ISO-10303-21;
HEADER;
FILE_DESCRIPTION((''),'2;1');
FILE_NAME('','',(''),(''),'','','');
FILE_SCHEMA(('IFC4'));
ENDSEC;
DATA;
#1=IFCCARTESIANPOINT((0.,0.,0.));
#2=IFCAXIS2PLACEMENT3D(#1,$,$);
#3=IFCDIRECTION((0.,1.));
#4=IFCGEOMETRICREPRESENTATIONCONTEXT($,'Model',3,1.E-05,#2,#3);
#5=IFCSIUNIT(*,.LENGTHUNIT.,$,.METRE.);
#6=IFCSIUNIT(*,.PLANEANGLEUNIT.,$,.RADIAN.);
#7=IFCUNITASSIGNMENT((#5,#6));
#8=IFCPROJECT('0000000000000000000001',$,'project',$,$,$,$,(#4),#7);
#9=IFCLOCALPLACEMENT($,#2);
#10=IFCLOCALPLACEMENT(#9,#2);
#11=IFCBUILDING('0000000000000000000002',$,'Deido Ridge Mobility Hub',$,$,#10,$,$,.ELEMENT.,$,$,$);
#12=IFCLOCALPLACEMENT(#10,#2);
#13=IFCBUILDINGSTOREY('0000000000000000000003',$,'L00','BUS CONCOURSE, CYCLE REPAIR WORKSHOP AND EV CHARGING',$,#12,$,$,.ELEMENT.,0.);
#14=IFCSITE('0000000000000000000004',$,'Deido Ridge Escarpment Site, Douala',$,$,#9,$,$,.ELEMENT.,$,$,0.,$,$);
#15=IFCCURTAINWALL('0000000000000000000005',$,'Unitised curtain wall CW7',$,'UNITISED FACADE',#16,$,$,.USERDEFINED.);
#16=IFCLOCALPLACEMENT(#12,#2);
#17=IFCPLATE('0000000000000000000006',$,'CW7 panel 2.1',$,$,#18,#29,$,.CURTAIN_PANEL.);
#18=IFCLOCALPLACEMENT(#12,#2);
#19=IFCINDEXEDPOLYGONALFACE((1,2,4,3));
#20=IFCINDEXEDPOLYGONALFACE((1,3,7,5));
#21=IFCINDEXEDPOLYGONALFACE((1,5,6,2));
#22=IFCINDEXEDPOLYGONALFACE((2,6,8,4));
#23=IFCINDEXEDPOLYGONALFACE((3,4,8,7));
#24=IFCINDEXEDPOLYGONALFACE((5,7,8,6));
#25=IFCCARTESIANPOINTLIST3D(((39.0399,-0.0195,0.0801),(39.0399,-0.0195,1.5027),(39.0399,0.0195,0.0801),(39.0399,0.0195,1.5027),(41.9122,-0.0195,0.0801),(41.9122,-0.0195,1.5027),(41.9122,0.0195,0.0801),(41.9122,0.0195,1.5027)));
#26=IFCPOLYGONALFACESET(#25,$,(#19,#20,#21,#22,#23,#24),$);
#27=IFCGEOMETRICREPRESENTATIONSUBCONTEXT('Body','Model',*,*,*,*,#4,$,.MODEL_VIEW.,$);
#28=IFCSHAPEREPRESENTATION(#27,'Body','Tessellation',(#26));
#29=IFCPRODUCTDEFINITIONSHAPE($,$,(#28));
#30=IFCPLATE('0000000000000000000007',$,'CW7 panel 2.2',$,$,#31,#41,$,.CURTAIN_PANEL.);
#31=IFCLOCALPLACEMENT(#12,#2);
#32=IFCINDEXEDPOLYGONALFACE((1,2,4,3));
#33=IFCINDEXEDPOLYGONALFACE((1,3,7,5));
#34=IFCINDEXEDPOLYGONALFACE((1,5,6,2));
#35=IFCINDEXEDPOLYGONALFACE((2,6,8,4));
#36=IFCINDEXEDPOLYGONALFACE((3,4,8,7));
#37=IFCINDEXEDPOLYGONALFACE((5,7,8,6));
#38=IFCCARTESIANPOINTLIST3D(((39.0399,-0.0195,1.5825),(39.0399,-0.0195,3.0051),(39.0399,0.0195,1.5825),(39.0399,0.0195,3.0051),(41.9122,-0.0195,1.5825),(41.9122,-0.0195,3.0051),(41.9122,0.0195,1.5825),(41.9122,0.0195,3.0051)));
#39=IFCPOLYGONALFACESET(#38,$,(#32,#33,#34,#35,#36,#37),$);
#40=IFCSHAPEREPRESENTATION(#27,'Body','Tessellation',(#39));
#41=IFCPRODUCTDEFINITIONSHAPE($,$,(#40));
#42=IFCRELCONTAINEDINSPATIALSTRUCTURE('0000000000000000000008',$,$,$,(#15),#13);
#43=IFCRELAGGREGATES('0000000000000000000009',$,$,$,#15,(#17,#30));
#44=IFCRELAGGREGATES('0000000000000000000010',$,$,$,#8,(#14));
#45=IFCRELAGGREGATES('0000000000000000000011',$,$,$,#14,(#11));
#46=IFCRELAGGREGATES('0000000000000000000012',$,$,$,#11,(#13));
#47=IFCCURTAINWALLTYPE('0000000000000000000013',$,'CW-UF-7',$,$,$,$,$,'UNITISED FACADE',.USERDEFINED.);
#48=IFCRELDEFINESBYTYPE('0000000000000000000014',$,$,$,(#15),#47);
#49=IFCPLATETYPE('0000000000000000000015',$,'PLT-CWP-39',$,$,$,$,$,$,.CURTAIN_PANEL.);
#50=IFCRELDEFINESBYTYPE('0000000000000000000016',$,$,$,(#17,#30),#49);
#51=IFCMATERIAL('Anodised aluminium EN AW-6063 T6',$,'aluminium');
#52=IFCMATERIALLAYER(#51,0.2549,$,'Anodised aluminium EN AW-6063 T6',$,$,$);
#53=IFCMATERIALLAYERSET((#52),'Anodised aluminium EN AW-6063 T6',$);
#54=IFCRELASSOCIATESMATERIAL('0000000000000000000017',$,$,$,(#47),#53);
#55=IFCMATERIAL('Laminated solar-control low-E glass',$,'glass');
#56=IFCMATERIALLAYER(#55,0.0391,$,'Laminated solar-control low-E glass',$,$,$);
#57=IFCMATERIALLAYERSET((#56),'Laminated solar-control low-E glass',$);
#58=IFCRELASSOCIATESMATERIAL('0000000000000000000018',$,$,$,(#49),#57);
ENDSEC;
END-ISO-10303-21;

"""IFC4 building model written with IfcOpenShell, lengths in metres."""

from ifc_helpers import new_model, si_unit, direction, frame, origin, origin_2d, place, context, subcontext, project, spatial, rectangle, extrude, material, layer, layer_set, type_object, element, aggregate, save


model = new_model("IFC4")

# Units and contexts
model_context = context("Model", 3, precision=1e-05, world=origin(), true_north=direction((0.0, 1.0)))
body_context = subcontext(model_context, "Body", "Model", "MODEL_VIEW")
ifc_project = project(units=[si_unit("LENGTHUNIT", "METRE"), si_unit("PLANEANGLEUNIT", "RADIAN")], contexts=[model_context])

# Site, building, storey
site_placement = place(None, origin())
site = spatial("IfcSite", under=ifc_project, at=site_placement, Name="Deido Ridge Escarpment Site, Douala", CompositionType="ELEMENT", RefElevation=0.0)
building_placement = place(site_placement, origin())
building = spatial("IfcBuilding", under=site, at=building_placement, Name="Deido Ridge Mobility Hub", CompositionType="ELEMENT")
storey_placement = place(building_placement, origin())
storey = spatial("IfcBuildingStorey", under=building, at=storey_placement, Name="L00", Description="BUS CONCOURSE, CYCLE REPAIR WORKSHOP AND EV CHARGING", CompositionType="ELEMENT", Elevation=0.0)

# Curtain wall
ifc_material_1 = material(Name="Anodised aluminium EN AW-6063 T6", Category="aluminium")
ifc_layer_1 = layer(ifc_material_1, 0.2549, Name="Anodised aluminium EN AW-6063 T6")
ifc_layer_set_1 = layer_set([ifc_layer_1], Name="Anodised aluminium EN AW-6063 T6")
curtain_wall_type = type_object("IfcCurtainWallType", Name="CW-UF-7", ElementType="UNITISED FACADE", PredefinedType="USERDEFINED", material=ifc_layer_set_1)
curtain_wall_placement = place(storey_placement, origin())
curtain_wall = element("IfcCurtainWall", 1, at=curtain_wall_placement, inside=storey, type_object=curtain_wall_type, Name="Unitised curtain wall CW7", ObjectType="UNITISED FACADE", PredefinedType="USERDEFINED")

# Plates
ifc_material_2 = material(Name="Laminated solar-control low-E glass", Category="glass")
ifc_layer_2 = layer(ifc_material_2, 0.0391, Name="Laminated solar-control low-E glass")
ifc_layer_set_2 = layer_set([ifc_layer_2], Name="Laminated solar-control low-E glass")
plate_type = type_object("IfcPlateType", Name="PLT-CWP-39", PredefinedType="CURTAIN_PANEL", material=ifc_layer_set_2)
plate_1_placement = place(storey_placement, frame((40.4761, 0.0, 0.0801), z_axis=(0.0, 0.0, 1.0), x_axis=(1.0, 0.0, 0.0)))
plate_1 = element("IfcPlate", 2, at=plate_1_placement, type_object=plate_type, Name="CW7 panel 2.1", PredefinedType="CURTAIN_PANEL", context=body_context, shape_type="SweptSolid", body=[
    extrude(rectangle(XDim=2.8723, YDim=0.0391, at=origin_2d()), origin(), (0.0, 0.0, 1.0), 1.4226),
])
plate_2_placement = place(storey_placement, frame((40.4761, 0.0, 1.5825), z_axis=(0.0, 0.0, 1.0), x_axis=(1.0, 0.0, 0.0)))
plate_2 = element("IfcPlate", 3, at=plate_2_placement, type_object=plate_type, Name="CW7 panel 2.2", PredefinedType="CURTAIN_PANEL", context=body_context, shape_type="SweptSolid", body=[
    extrude(rectangle(XDim=2.8723, YDim=0.0391, at=origin_2d()), origin(), (0.0, 0.0, 1.0), 1.4226),
])
aggregate(curtain_wall, [plate_1, plate_2])

save(model, "model.ifc")
